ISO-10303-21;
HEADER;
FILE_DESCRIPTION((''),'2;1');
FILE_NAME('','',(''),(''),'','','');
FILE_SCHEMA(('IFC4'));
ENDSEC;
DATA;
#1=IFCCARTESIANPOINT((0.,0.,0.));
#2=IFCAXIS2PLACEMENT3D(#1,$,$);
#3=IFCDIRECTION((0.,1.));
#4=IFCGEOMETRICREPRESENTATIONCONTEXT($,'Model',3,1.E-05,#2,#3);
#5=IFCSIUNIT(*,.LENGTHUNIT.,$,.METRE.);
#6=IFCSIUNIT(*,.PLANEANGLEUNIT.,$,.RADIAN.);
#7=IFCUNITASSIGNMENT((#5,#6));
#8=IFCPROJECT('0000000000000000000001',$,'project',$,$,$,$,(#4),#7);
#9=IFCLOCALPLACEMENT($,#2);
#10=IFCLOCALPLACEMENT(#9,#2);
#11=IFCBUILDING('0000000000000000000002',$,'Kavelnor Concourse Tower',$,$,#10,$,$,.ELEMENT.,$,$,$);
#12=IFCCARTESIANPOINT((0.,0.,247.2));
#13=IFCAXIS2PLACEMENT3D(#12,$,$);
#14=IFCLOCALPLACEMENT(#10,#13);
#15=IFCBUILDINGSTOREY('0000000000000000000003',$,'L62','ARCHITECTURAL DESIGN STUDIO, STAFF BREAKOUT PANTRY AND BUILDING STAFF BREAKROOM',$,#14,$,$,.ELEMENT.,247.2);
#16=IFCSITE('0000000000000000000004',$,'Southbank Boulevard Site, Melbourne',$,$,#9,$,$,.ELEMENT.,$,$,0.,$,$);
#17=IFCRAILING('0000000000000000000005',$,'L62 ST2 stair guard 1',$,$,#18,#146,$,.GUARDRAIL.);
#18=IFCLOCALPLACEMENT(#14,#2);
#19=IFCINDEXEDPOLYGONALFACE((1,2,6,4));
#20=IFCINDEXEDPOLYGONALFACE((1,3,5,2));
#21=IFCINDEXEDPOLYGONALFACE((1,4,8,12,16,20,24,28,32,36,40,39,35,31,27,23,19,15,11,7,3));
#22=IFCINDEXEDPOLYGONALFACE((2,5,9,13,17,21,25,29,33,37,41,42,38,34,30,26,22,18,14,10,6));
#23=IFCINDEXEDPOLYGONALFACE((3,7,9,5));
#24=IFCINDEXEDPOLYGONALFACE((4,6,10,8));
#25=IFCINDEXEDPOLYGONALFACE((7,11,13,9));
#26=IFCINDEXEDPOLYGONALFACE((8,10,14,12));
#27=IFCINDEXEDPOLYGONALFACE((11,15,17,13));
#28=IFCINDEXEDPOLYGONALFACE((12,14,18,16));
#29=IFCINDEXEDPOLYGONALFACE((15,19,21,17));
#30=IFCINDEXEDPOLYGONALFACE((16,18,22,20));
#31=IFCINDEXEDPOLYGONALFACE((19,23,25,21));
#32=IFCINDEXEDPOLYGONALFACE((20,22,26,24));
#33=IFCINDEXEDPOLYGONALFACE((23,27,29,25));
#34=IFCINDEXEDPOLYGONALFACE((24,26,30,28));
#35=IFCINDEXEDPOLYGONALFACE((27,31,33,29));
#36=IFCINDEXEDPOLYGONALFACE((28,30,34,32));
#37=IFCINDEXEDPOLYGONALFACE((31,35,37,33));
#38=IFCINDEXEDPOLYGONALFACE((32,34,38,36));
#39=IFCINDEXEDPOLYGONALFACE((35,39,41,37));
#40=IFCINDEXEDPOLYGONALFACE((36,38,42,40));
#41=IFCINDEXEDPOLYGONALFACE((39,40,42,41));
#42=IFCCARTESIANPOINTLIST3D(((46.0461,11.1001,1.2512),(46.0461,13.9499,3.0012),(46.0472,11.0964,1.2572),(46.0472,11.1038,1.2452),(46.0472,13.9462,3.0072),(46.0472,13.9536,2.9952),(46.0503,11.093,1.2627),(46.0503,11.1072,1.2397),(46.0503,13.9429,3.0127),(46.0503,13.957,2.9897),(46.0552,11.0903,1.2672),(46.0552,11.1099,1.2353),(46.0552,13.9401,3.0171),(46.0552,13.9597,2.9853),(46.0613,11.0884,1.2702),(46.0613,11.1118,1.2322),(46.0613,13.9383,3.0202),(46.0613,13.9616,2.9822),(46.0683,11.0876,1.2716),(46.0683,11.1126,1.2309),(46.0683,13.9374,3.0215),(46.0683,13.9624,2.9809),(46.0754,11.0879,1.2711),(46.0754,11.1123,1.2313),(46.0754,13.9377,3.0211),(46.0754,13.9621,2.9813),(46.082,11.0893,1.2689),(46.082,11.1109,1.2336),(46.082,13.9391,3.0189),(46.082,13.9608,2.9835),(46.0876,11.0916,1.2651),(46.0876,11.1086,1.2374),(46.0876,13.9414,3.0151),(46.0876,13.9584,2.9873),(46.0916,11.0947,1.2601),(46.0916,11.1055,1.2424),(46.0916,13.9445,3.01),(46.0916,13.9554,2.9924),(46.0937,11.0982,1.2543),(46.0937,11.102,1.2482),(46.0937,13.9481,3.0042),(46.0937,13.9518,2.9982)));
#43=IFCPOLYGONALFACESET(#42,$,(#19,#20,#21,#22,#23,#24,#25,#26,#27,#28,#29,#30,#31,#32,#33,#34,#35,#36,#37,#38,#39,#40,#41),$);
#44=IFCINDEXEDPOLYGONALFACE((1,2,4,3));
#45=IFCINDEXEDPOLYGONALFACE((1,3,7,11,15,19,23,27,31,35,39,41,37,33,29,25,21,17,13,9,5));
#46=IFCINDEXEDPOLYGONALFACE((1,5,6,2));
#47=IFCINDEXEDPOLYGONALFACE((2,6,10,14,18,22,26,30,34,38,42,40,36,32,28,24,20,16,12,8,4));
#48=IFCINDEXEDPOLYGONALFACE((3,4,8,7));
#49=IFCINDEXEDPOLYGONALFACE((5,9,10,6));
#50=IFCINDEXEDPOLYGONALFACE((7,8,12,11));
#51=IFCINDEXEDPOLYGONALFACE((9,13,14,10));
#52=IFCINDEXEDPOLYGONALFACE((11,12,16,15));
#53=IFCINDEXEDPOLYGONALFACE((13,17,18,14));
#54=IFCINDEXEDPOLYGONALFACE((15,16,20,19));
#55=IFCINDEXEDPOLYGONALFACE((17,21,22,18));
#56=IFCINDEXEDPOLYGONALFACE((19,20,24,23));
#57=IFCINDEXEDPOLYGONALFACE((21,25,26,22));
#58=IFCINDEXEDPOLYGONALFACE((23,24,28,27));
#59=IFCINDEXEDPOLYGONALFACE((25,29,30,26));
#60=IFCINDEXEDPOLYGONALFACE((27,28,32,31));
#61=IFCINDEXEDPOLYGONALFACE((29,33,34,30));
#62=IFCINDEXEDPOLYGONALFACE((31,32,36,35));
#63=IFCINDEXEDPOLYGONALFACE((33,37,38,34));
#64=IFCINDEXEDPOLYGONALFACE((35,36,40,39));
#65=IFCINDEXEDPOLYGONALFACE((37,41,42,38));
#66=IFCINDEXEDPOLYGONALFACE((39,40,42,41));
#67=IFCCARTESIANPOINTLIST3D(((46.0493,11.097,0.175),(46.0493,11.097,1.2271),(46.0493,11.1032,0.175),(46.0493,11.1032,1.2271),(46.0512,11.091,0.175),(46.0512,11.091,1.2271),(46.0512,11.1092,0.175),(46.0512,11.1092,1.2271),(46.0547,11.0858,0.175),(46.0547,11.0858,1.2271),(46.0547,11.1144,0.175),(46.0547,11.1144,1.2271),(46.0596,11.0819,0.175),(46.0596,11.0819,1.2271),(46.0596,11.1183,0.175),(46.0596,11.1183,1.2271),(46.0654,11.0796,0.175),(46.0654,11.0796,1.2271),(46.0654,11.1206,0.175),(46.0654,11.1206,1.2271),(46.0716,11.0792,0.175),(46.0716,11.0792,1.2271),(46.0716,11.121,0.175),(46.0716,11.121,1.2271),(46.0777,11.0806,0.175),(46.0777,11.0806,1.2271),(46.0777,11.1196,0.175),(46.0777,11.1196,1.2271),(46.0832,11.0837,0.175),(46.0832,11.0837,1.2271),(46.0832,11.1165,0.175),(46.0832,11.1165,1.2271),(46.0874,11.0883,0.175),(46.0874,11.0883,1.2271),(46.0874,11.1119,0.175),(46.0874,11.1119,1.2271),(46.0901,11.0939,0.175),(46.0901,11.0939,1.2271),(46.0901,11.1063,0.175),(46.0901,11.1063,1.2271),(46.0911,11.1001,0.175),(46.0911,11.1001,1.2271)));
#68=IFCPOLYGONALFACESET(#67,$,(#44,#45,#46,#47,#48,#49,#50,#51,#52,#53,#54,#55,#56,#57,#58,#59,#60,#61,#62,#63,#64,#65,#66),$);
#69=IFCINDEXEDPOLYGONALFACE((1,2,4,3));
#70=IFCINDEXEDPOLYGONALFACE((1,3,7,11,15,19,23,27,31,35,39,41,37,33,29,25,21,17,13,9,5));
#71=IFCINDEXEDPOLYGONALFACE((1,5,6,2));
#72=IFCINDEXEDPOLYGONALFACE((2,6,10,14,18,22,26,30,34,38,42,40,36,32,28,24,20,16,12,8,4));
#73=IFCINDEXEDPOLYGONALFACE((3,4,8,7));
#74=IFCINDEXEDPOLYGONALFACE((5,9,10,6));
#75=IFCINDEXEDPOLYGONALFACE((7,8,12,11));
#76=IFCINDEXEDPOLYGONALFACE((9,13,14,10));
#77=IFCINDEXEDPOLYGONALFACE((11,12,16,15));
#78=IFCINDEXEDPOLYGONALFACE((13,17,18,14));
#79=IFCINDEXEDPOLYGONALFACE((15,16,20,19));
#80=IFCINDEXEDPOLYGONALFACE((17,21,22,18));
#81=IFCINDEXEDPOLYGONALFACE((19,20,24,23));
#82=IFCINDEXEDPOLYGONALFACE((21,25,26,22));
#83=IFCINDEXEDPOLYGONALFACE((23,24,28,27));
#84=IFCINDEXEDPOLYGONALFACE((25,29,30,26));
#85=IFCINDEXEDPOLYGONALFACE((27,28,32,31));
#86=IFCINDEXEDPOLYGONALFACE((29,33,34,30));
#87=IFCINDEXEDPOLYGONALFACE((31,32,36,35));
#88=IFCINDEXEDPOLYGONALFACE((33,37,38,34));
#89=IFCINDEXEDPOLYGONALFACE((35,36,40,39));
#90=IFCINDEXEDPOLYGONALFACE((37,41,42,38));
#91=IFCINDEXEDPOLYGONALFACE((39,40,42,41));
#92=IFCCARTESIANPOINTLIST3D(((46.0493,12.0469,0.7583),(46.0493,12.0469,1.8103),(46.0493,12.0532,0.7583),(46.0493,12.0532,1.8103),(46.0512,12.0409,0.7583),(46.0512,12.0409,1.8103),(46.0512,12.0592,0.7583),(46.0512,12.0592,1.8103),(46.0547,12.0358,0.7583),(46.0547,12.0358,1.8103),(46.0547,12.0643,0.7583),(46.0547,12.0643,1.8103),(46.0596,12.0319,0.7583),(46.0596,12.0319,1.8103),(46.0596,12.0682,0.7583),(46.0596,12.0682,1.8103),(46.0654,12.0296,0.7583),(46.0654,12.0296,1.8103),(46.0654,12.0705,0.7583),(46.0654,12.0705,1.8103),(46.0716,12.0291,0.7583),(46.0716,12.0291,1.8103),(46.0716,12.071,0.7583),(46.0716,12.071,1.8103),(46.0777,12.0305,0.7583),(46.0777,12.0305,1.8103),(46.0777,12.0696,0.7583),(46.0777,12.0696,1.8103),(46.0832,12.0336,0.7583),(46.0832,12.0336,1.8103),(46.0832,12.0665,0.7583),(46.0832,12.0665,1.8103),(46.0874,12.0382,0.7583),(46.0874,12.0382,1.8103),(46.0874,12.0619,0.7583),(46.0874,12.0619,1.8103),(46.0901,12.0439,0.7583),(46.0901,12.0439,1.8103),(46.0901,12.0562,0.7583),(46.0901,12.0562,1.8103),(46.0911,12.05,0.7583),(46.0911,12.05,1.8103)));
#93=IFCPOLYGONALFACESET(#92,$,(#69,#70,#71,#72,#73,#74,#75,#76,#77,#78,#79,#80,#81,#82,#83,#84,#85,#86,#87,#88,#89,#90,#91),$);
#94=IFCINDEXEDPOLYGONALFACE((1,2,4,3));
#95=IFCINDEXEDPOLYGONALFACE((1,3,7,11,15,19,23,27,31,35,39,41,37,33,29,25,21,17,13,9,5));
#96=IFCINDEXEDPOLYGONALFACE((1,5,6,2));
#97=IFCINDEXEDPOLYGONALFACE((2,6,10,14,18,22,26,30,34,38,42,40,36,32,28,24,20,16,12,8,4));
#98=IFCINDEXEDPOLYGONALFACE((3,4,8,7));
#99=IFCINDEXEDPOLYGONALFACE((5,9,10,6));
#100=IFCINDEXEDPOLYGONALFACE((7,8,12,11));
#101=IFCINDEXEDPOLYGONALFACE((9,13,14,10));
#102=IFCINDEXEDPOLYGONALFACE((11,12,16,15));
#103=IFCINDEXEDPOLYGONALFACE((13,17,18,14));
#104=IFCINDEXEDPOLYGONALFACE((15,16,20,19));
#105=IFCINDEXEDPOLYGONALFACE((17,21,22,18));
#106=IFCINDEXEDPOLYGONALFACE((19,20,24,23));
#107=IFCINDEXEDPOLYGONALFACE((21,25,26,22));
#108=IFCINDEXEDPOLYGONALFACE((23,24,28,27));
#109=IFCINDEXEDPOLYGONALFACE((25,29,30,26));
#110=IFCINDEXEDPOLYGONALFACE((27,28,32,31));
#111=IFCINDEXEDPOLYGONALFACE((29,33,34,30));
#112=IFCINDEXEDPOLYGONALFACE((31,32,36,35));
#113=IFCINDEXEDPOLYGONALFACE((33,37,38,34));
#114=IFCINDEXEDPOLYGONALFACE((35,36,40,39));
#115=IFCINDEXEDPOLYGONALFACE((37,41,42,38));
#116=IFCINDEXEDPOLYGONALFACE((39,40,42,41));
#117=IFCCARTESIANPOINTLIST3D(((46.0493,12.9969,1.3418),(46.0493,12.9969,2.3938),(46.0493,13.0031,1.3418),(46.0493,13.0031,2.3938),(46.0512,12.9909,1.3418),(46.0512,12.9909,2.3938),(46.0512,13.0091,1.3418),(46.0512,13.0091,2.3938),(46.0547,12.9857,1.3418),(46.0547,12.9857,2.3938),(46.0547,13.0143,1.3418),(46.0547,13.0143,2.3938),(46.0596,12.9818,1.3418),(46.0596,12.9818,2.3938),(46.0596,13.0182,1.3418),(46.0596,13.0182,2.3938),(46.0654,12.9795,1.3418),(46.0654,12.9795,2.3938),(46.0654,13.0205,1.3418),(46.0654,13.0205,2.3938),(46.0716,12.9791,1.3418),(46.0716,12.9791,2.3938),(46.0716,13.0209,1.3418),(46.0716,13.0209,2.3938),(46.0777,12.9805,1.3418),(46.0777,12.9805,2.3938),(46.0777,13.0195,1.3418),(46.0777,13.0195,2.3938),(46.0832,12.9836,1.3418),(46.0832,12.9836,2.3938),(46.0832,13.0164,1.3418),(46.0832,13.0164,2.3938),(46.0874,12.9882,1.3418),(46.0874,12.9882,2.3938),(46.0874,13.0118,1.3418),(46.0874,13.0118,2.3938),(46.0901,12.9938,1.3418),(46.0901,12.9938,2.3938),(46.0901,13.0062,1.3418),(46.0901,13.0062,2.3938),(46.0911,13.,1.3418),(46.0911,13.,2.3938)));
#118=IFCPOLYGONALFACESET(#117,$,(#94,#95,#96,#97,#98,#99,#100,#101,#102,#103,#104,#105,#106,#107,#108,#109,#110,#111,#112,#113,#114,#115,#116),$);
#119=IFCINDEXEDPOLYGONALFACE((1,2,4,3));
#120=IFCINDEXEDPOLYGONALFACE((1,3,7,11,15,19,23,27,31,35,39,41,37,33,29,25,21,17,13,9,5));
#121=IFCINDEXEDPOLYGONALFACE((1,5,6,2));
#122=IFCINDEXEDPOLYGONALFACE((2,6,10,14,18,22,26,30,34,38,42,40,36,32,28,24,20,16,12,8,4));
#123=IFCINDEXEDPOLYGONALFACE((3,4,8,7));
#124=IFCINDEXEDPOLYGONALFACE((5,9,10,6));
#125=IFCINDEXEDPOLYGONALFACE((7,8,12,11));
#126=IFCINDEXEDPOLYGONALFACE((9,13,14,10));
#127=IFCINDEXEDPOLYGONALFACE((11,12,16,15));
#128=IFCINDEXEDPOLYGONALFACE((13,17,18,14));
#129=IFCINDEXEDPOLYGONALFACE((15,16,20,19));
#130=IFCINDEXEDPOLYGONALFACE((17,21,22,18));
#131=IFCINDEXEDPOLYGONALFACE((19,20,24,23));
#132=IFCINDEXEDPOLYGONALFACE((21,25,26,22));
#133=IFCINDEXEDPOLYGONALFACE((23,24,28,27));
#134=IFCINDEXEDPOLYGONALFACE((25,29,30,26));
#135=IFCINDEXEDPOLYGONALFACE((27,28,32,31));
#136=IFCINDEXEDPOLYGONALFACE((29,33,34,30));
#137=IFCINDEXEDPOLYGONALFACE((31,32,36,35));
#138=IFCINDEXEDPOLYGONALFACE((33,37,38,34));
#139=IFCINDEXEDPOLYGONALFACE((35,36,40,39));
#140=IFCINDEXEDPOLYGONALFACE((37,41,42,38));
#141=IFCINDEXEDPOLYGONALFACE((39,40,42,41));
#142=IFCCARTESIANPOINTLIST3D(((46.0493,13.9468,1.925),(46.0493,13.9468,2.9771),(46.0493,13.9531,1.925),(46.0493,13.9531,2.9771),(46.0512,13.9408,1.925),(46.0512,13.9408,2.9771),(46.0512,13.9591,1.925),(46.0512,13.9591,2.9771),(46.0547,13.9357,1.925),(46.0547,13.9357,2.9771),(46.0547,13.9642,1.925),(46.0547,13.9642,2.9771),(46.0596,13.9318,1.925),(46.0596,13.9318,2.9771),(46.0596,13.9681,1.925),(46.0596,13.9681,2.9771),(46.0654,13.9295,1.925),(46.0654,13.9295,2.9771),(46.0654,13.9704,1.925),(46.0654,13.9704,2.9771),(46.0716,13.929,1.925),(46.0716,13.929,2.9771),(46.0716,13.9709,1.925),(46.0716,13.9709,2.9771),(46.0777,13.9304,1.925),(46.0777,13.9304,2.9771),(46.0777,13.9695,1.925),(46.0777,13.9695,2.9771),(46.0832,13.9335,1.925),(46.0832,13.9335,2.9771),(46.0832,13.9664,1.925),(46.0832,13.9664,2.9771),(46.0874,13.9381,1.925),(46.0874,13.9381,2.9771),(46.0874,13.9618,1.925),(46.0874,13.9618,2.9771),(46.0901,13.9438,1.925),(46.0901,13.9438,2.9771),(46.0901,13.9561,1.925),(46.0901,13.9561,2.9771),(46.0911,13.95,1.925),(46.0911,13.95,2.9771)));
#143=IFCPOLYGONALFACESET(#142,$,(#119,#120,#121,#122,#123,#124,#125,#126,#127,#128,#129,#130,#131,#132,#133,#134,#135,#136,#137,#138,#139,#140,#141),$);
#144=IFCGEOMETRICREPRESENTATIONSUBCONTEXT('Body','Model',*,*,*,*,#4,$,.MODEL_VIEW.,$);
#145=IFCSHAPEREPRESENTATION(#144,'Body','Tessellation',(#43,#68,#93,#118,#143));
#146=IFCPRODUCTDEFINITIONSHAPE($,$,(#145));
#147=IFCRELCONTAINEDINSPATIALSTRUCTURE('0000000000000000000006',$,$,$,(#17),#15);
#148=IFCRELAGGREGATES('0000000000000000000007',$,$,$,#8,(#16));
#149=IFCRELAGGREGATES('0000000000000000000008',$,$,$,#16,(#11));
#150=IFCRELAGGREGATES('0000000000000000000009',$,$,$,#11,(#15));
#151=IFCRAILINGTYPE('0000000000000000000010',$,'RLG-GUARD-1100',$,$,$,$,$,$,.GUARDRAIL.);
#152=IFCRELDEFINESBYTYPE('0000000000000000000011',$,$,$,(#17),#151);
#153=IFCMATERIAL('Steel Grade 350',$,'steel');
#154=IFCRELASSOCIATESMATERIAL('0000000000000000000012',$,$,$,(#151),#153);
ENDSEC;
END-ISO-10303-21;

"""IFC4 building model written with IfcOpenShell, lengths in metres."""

from ifc_helpers import new_model, si_unit, direction, frame, origin, origin_2d, place, context, subcontext, project, spatial, circle, extrude, material, type_object, element, save


model = new_model("IFC4")

# Units and contexts
model_context = context("Model", 3, precision=1e-05, world=origin(), true_north=direction((0.0, 1.0)))
body_context = subcontext(model_context, "Body", "Model", "MODEL_VIEW")
ifc_project = project(units=[si_unit("LENGTHUNIT", "METRE"), si_unit("PLANEANGLEUNIT", "RADIAN")], contexts=[model_context])

# Site, building, storey
site_placement = place(None, origin())
site = spatial("IfcSite", under=ifc_project, at=site_placement, Name="Southbank Boulevard Site, Melbourne", CompositionType="ELEMENT", RefElevation=0.0)
building_placement = place(site_placement, origin())
building = spatial("IfcBuilding", under=site, at=building_placement, Name="Kavelnor Concourse Tower", CompositionType="ELEMENT")
storey_placement = place(building_placement, frame((0.0, 0.0, 247.2)))
storey = spatial("IfcBuildingStorey", under=building, at=storey_placement, Name="L62", Description="ARCHITECTURAL DESIGN STUDIO, STAFF BREAKOUT PANTRY AND BUILDING STAFF BREAKROOM", CompositionType="ELEMENT", Elevation=247.2)

# Shared definitions
ifc_material_1 = material(Name="Steel Grade 350", Category="steel")

# Railing
railing_type_1 = type_object("IfcRailingType", Name="RLG-GUARD-1100", PredefinedType="GUARDRAIL", material=ifc_material_1)
railing_1_placement = place(storey_placement, frame((46.0701, 11.1001, 0.175)))
element("IfcRailing", 1, at=railing_1_placement, inside=storey, type_object=railing_type_1, Name="L62 ST2 stair guard 1", PredefinedType="GUARDRAIL", context=body_context, shape_type="SweptSolid", body=[
    extrude(circle(Radius=0.0239, at=origin_2d()), frame((0.0, 0.0, 1.0762), z_axis=(0.0, 0.852159, 0.523283), x_axis=(-1.0, 0.0, 0.0)), (0.0, 0.0, 1.0), 3.3442),
    extrude(circle(Radius=0.021, at=origin_2d()), origin(), (0.0, 0.0, 1.0), 1.052),
    extrude(circle(Radius=0.021, at=origin_2d()), frame((0.0, 0.95, 0.5833)), (0.0, 0.0, 1.0), 1.052),
    extrude(circle(Radius=0.021, at=origin_2d()), frame((0.0, 1.8999, 1.1667)), (0.0, 0.0, 1.0), 1.052),
    extrude(circle(Radius=0.021, at=origin_2d()), frame((0.0, 2.8499, 1.75)), (0.0, 0.0, 1.0), 1.052),
])

save(model, "model.ifc")
